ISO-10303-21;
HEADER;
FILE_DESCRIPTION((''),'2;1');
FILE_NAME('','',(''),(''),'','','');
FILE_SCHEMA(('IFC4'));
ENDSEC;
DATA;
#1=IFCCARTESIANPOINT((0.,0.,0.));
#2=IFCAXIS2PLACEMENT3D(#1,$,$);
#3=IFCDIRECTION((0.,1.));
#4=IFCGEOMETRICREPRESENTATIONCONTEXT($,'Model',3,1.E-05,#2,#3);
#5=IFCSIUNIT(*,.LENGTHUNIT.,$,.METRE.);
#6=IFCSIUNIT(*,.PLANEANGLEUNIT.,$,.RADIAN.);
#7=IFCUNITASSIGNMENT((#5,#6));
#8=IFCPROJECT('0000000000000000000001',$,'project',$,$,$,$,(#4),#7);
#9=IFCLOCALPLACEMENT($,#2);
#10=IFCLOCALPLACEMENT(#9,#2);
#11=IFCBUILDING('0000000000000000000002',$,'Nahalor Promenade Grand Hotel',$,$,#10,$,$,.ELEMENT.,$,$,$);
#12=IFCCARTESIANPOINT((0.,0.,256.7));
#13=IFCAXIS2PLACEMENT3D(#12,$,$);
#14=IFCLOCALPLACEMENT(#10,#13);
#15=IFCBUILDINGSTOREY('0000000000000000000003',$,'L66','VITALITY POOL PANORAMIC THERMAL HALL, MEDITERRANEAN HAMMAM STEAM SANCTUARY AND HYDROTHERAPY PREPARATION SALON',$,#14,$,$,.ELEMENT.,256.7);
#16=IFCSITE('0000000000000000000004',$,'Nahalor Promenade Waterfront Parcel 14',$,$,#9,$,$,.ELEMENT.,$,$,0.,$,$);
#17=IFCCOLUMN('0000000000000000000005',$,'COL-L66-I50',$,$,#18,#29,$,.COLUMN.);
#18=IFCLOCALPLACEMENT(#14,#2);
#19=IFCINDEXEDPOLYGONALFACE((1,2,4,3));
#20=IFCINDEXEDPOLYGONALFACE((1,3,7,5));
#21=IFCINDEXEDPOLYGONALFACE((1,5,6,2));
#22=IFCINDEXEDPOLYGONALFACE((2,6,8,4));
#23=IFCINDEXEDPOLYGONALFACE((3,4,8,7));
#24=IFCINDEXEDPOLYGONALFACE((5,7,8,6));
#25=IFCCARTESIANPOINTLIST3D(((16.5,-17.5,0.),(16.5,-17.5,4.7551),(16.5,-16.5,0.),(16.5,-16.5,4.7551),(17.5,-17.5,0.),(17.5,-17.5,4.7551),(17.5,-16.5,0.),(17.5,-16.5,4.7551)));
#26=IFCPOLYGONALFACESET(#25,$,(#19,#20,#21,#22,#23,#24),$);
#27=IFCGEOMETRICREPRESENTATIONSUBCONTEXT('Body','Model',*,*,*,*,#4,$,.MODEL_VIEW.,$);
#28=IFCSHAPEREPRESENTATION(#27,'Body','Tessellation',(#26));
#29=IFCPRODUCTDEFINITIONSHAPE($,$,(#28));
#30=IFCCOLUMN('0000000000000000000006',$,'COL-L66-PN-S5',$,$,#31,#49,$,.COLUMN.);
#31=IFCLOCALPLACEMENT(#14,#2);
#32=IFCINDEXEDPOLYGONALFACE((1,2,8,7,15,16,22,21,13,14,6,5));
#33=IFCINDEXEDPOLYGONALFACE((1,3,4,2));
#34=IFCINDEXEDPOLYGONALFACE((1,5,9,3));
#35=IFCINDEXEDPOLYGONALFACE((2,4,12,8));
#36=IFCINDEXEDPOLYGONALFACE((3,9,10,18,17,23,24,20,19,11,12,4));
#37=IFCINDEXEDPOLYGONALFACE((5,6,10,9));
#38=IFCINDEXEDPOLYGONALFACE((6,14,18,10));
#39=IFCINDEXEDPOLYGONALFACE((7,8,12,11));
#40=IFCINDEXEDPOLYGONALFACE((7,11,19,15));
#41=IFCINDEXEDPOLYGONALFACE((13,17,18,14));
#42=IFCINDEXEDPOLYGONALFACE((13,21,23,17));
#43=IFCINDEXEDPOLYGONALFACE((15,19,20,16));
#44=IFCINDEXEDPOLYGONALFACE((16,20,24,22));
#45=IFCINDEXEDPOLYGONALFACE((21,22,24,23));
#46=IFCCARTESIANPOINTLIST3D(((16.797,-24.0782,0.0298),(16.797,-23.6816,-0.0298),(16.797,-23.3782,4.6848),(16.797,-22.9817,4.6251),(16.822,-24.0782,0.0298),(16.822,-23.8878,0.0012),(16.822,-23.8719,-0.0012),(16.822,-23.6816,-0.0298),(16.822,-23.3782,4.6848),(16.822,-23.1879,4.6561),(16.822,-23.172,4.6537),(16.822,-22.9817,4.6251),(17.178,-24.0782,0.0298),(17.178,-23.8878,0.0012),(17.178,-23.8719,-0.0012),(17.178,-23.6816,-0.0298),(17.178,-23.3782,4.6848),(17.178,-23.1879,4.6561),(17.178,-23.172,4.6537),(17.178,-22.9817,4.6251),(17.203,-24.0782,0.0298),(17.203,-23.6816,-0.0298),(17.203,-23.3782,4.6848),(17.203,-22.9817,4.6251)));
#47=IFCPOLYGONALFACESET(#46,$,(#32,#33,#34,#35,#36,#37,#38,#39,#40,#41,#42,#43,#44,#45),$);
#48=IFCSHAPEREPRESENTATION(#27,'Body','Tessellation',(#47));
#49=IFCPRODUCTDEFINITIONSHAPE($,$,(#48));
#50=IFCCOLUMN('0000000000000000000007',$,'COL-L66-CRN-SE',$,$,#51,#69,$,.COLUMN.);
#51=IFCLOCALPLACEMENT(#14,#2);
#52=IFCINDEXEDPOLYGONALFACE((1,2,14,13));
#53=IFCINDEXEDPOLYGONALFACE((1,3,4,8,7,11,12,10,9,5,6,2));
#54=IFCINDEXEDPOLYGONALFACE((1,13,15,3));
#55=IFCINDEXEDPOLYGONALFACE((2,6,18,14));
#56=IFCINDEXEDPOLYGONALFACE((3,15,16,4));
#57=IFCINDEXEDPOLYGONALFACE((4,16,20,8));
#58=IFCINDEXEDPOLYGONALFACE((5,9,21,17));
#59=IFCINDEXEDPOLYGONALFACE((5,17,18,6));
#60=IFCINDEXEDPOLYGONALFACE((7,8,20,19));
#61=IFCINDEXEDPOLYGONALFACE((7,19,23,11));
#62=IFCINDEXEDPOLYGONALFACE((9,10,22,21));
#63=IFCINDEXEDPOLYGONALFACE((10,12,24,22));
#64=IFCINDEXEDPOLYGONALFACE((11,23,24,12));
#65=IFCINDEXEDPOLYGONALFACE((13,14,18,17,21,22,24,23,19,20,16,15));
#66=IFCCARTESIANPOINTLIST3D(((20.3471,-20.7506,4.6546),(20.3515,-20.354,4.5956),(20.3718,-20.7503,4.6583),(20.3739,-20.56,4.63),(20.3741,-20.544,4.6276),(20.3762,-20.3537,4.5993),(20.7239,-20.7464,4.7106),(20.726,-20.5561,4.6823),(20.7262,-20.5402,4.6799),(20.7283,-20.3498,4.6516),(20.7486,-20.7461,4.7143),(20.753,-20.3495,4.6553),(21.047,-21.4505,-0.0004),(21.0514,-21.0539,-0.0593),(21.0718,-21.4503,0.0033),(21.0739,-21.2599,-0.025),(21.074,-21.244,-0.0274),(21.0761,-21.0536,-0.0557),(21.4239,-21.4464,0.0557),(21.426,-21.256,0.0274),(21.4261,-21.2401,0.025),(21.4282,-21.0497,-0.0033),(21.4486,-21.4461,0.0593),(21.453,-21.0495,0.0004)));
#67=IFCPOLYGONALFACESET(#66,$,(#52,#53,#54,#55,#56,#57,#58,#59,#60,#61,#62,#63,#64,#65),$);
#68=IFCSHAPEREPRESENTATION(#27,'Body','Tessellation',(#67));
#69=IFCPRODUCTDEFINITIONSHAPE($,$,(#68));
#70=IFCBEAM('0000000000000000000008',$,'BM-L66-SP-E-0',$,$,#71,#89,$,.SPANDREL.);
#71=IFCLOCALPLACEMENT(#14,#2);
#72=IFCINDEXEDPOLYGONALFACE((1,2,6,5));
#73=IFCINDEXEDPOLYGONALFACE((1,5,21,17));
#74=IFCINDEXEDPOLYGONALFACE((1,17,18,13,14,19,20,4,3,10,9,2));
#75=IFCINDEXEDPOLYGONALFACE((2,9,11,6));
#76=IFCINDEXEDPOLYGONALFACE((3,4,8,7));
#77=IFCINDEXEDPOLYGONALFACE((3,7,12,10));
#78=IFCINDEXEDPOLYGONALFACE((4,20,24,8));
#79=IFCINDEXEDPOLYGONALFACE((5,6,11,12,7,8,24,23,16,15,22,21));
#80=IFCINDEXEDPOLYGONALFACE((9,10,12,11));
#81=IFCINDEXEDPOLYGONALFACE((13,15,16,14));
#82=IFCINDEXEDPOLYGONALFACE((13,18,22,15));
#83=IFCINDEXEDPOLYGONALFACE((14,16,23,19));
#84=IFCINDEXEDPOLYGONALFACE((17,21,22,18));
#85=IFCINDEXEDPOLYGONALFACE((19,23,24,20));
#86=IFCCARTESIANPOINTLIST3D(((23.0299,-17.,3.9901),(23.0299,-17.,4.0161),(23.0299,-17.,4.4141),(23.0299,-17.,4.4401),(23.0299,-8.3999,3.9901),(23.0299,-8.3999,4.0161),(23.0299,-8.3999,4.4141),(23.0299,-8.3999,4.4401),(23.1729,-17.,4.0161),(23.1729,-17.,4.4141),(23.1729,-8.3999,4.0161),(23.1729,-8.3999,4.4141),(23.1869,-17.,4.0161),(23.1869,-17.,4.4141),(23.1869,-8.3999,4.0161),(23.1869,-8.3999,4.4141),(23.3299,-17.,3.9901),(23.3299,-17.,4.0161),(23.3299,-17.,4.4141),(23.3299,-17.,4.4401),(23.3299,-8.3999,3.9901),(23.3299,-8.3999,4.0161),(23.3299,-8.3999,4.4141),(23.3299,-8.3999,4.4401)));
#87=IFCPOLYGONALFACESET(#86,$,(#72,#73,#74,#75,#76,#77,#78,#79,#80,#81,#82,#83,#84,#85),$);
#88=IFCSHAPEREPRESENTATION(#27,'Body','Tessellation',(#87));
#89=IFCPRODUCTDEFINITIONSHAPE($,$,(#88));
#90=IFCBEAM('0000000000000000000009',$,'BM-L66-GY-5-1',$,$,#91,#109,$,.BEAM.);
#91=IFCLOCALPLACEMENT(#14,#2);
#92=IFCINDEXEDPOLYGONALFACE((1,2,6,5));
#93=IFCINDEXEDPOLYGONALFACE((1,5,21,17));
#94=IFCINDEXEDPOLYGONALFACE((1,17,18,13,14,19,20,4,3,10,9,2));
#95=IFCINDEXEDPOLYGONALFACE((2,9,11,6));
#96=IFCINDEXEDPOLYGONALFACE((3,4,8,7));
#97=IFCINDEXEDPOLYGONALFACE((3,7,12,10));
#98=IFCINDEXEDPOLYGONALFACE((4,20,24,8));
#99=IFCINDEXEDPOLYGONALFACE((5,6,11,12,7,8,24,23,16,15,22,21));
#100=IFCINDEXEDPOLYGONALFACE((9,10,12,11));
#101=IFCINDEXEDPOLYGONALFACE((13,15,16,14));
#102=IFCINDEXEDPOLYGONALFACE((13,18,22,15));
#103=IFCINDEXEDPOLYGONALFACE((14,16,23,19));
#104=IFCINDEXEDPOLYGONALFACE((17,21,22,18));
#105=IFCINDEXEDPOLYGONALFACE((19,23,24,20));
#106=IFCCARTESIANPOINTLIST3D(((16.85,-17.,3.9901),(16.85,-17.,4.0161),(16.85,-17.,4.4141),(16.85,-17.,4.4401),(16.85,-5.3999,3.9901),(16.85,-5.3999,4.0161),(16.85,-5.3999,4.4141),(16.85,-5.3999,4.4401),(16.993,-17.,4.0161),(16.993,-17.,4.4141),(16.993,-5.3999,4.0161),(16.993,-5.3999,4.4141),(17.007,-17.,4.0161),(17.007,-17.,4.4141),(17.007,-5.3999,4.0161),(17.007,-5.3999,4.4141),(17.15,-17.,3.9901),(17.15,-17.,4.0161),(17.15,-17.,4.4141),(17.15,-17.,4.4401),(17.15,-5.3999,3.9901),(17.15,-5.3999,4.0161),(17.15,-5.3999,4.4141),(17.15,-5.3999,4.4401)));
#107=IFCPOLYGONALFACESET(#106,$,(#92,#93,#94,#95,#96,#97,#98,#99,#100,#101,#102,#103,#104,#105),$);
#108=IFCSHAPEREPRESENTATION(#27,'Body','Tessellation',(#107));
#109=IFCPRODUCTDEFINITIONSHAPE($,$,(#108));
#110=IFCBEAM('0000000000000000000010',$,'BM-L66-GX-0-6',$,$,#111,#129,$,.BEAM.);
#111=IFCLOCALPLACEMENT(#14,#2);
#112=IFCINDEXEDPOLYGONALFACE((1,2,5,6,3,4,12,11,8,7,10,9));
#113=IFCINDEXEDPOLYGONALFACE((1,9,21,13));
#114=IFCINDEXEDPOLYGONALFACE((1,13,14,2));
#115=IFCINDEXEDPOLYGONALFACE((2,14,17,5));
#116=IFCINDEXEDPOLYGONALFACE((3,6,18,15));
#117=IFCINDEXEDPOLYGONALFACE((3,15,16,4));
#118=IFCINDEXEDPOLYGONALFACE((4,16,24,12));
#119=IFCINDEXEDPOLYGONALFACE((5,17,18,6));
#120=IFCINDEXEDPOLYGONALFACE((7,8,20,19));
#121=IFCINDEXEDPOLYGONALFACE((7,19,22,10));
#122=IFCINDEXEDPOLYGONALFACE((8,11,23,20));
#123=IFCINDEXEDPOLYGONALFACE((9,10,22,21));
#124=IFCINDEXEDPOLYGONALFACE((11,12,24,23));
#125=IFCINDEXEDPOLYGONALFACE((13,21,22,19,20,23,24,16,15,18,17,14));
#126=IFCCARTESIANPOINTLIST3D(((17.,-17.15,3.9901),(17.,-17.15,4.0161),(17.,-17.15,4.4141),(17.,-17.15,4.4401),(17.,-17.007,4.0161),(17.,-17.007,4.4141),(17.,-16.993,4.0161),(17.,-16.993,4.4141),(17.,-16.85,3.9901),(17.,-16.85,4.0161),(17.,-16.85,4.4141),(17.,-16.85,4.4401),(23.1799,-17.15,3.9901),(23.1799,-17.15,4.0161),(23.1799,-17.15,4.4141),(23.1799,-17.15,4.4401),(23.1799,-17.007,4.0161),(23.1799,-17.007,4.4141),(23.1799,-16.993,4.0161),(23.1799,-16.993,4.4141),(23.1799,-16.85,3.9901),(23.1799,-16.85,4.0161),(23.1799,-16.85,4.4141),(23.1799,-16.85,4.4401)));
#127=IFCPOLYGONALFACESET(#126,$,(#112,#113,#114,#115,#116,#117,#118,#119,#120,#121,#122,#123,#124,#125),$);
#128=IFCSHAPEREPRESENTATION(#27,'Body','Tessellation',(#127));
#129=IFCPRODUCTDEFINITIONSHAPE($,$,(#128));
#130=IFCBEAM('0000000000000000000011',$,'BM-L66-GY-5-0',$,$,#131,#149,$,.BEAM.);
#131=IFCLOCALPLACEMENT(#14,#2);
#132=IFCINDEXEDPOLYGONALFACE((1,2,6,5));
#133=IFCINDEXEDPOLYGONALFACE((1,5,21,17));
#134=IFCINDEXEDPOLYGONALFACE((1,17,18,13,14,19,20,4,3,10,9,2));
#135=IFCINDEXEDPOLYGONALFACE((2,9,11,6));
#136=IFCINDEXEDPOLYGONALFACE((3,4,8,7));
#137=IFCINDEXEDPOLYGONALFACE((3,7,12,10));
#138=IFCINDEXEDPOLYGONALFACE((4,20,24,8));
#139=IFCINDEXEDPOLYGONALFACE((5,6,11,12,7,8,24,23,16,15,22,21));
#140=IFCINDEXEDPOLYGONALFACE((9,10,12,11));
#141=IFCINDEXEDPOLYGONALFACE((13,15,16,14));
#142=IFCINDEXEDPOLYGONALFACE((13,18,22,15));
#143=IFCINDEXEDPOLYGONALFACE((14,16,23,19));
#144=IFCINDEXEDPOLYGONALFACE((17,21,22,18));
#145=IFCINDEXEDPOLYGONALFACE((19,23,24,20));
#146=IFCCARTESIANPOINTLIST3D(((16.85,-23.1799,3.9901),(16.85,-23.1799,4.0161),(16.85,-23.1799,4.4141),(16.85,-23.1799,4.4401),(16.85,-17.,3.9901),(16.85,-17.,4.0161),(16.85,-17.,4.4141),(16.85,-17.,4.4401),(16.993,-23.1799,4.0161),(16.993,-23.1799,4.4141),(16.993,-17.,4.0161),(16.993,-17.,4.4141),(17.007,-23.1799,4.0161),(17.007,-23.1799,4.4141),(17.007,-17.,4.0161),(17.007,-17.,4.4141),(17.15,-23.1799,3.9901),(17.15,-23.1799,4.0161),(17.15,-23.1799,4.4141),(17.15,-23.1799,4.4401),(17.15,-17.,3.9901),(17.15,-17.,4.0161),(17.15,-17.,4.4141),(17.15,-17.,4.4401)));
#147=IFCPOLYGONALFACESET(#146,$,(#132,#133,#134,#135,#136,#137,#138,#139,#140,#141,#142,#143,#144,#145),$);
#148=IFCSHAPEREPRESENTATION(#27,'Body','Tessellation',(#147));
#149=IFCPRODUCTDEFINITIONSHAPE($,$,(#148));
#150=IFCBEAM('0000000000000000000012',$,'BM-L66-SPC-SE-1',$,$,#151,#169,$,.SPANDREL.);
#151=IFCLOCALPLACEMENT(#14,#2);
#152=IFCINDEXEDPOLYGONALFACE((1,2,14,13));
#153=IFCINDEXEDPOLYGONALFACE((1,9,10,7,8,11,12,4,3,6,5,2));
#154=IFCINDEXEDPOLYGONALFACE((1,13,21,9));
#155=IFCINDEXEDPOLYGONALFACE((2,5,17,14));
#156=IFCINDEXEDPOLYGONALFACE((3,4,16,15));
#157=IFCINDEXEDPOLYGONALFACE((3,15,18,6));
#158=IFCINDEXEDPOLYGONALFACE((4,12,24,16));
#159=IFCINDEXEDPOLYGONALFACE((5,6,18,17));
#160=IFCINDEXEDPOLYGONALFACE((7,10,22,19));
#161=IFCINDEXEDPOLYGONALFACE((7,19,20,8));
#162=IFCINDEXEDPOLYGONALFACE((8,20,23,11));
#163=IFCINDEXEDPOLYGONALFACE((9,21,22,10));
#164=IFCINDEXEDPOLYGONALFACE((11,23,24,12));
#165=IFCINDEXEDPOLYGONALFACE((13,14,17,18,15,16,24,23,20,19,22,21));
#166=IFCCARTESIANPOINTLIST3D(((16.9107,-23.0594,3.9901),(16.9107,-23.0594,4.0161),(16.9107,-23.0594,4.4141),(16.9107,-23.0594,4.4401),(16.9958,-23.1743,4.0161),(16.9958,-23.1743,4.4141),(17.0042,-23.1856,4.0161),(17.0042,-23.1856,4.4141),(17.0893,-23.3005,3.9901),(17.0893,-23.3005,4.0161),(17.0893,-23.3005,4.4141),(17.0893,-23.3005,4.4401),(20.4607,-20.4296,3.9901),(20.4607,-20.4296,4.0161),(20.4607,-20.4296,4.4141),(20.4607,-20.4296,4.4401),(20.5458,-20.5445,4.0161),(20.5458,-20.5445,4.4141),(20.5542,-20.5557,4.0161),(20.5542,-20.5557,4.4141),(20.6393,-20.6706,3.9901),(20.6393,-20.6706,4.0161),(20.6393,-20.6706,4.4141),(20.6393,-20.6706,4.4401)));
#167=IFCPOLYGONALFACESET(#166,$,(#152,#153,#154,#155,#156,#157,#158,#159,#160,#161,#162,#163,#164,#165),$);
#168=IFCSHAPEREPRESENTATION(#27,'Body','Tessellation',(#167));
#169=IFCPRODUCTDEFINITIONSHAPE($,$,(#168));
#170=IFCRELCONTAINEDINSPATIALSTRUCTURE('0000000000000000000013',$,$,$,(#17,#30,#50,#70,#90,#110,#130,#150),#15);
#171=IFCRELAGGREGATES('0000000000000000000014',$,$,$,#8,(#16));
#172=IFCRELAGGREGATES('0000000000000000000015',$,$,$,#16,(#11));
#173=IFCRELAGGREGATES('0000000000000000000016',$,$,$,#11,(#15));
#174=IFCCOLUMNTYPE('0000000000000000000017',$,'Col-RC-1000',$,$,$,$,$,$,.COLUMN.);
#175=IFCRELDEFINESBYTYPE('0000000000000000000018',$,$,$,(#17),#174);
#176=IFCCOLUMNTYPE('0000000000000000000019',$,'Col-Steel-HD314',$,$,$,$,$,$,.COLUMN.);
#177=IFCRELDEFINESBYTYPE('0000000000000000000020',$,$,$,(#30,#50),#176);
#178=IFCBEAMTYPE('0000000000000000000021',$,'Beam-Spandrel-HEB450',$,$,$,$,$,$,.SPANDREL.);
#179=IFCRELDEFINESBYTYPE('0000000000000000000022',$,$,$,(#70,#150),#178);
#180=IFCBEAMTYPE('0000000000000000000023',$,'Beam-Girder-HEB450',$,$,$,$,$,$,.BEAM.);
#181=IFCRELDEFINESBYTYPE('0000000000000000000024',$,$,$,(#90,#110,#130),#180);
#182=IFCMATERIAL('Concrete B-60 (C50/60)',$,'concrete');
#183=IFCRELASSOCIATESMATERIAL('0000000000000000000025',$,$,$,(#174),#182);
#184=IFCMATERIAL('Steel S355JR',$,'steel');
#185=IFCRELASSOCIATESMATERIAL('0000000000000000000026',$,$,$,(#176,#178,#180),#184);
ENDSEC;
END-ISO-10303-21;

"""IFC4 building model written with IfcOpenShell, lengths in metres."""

from ifc_helpers import new_model, si_unit, direction, frame, origin, origin_2d, place, context, subcontext, project, spatial, rectangle, i_section, extrude, source, transform, mapped, material, material_profile, profile_set, type_object, element, save


model = new_model("IFC4")

# Units and contexts
model_context = context("Model", 3, precision=1e-05, world=origin(), true_north=direction((0.0, 1.0)))
body_context = subcontext(model_context, "Body", "Model", "MODEL_VIEW")
ifc_project = project(units=[si_unit("LENGTHUNIT", "METRE"), si_unit("PLANEANGLEUNIT", "RADIAN")], contexts=[model_context])

# Site, building, storey
site_placement = place(None, origin())
site = spatial("IfcSite", under=ifc_project, at=site_placement, Name="Nahalor Promenade Waterfront Parcel 14", CompositionType="ELEMENT", RefElevation=0.0)
building_placement = place(site_placement, origin())
building = spatial("IfcBuilding", under=site, at=building_placement, Name="Nahalor Promenade Grand Hotel", CompositionType="ELEMENT")
storey_placement = place(building_placement, frame((0.0, 0.0, 256.7)))
storey = spatial("IfcBuildingStorey", under=building, at=storey_placement, Name="L66", Description="VITALITY POOL PANORAMIC THERMAL HALL, MEDITERRANEAN HAMMAM STEAM SANCTUARY AND HYDROTHERAPY PREPARATION SALON", CompositionType="ELEMENT", Elevation=256.7)

# Columns
ifc_material_1 = material(Name="Concrete B-60 (C50/60)", Category="concrete")
ifc_material_profile_1 = material_profile(ifc_material_1, rectangle(XDim=1.0, YDim=1.0, at=origin_2d()), Name="RC 1000x1000")
ifc_profile_set_1 = profile_set([ifc_material_profile_1], Name="Concrete B-60 (C50/60)")
column_type_1 = type_object("IfcColumnType", Name="Col-RC-1000", PredefinedType="COLUMN", material=ifc_profile_set_1)
shared_shape_1 = source(origin(), body_context, "Body", "SweptSolid", [
    extrude(rectangle(XDim=1.0, YDim=1.0, at=origin_2d()), origin(), (0.0, 0.0, 1.0), 4.7551),
])
column_1_placement = place(storey_placement, frame((17.0, -17.0, 0.0), z_axis=(0.0, 0.0, 1.0), x_axis=(1.0, 0.0, 0.0)))
element("IfcColumn", 1, at=column_1_placement, inside=storey, type_object=column_type_1, Name="COL-L66-I50", PredefinedType="COLUMN", context=body_context, shape_type="MappedRepresentation", body=[
    mapped(shared_shape_1, transform((0.0, 0.0, 0.0), scale=1.0)),
])
ifc_material_2 = material(Name="Steel S355JR", Category="steel")
ifc_material_profile_2 = material_profile(ifc_material_2, i_section(OverallWidth=0.401, OverallDepth=0.406, WebThickness=0.0161, FlangeThickness=0.025, at=origin_2d()), Name="HD 400x314")
ifc_profile_set_2 = profile_set([ifc_material_profile_2], Name="Steel S355JR")
column_type_2 = type_object("IfcColumnType", Name="Col-Steel-HD314", PredefinedType="COLUMN", material=ifc_profile_set_2)
shared_shape_2 = source(origin(), body_context, "Body", "SweptSolid", [
    extrude(i_section(OverallWidth=0.401, OverallDepth=0.406, WebThickness=0.0161, FlangeThickness=0.025, at=origin_2d()), origin(), (0.0, 0.0, 1.0), 4.7073),
])
column_2_placement = place(storey_placement, frame((17.0, -23.8799, 0.0), z_axis=(0.0, 0.148693, 0.988883), x_axis=(0.0, -0.988883, 0.148693)))
element("IfcColumn", 2, at=column_2_placement, inside=storey, type_object=column_type_2, Name="COL-L66-PN-S5", PredefinedType="COLUMN", context=body_context, shape_type="MappedRepresentation", body=[
    mapped(shared_shape_2, transform((0.0, 0.0, 0.0), scale=1.0)),
])
shared_shape_3 = source(origin(), body_context, "Body", "SweptSolid", [
    extrude(i_section(OverallWidth=0.401, OverallDepth=0.406, WebThickness=0.0161, FlangeThickness=0.025, at=origin_2d()), origin(), (0.0, 0.0, 1.0), 4.759),
])
column_3_placement = place(storey_placement, frame((21.25, -21.25, 0.0), z_axis=(-0.147076, 0.147076, 0.97813), x_axis=(-0.010935, -0.989065, 0.147076)))
element("IfcColumn", 3, at=column_3_placement, inside=storey, type_object=column_type_2, Name="COL-L66-CRN-SE", PredefinedType="COLUMN", context=body_context, shape_type="MappedRepresentation", body=[
    mapped(shared_shape_3, transform((0.0, 0.0, 0.0), scale=1.0)),
])

# Beams
ifc_material_profile_3 = material_profile(ifc_material_2, i_section(OverallWidth=0.3, OverallDepth=0.45, WebThickness=0.014, FlangeThickness=0.026, at=origin_2d()), Name="HEB 450")
ifc_profile_set_3 = profile_set([ifc_material_profile_3], Name="Steel S355JR")
beam_type_1 = type_object("IfcBeamType", Name="Beam-Spandrel-HEB450", PredefinedType="SPANDREL", material=ifc_profile_set_3)
shared_shape_4 = source(origin(), body_context, "Body", "SweptSolid", [
    extrude(i_section(OverallWidth=0.3, OverallDepth=0.45, WebThickness=0.014, FlangeThickness=0.026, at=origin_2d()), origin(), (0.0, 0.0, 1.0), 8.6001),
])
beam_1_placement = place(storey_placement, frame((23.1799, -17.0, 4.2151), z_axis=(0.0, 1.0, 0.0), x_axis=(-1.0, 0.0, 0.0)))
element("IfcBeam", 4, at=beam_1_placement, inside=storey, type_object=beam_type_1, Name="BM-L66-SP-E-0", PredefinedType="SPANDREL", context=body_context, shape_type="MappedRepresentation", body=[
    mapped(shared_shape_4, transform((0.0, 0.0, 0.0), scale=1.0)),
])
ifc_material_profile_4 = material_profile(ifc_material_2, i_section(OverallWidth=0.3, OverallDepth=0.45, WebThickness=0.014, FlangeThickness=0.026, at=origin_2d()), Name="HEB 450")
ifc_profile_set_4 = profile_set([ifc_material_profile_4], Name="Steel S355JR")
beam_type_2 = type_object("IfcBeamType", Name="Beam-Girder-HEB450", PredefinedType="BEAM", material=ifc_profile_set_4)
shared_shape_5 = source(origin(), body_context, "Body", "SweptSolid", [
    extrude(i_section(OverallWidth=0.3, OverallDepth=0.45, WebThickness=0.014, FlangeThickness=0.026, at=origin_2d()), origin(), (0.0, 0.0, 1.0), 11.6001),
])
beam_2_placement = place(storey_placement, frame((17.0, -17.0, 4.2151), z_axis=(0.0, 1.0, 0.0), x_axis=(-1.0, 0.0, 0.0)))
element("IfcBeam", 5, at=beam_2_placement, inside=storey, type_object=beam_type_2, Name="BM-L66-GY-5-1", PredefinedType="BEAM", context=body_context, shape_type="MappedRepresentation", body=[
    mapped(shared_shape_5, transform((0.0, 0.0, 0.0), scale=1.0)),
])
shared_shape_6 = source(origin(), body_context, "Body", "SweptSolid", [
    extrude(i_section(OverallWidth=0.3, OverallDepth=0.45, WebThickness=0.014, FlangeThickness=0.026, at=origin_2d()), origin(), (0.0, 0.0, 1.0), 6.1799),
])
for number, where, z_axis, x_axis, name in (
    (6, (17.0, -17.0, 4.2151), (1.0, 0.0, 0.0), (0.0, 1.0, 0.0), "BM-L66-GX-0-6"),
    (7, (17.0, -23.1799, 4.2151), (0.0, 1.0, 0.0), (-1.0, 0.0, 0.0), "BM-L66-GY-5-0"),
):
    element("IfcBeam", number, at=place(storey_placement, frame(where, z_axis=z_axis, x_axis=x_axis)), inside=storey, type_object=beam_type_2, Name=name, PredefinedType="BEAM", context=body_context, shape_type="MappedRepresentation", body=[
        mapped(shared_shape_6, transform((0.0, 0.0, 0.0), scale=1.0)),
    ])
shared_shape_7 = source(origin(), body_context, "Body", "SweptSolid", [
    extrude(i_section(OverallWidth=0.3, OverallDepth=0.45, WebThickness=0.014, FlangeThickness=0.026, at=origin_2d()), origin(), (0.0, 0.0, 1.0), 4.418),
])
for number, where, z_axis, x_axis, name in (
    (8, (17.0, -23.1799, 4.2151), (0.803534, 0.595259, 0.0), (-0.595259, 0.803534, 0.0), "BM-L66-SPC-SE-1"),
):
    element("IfcBeam", number, at=place(storey_placement, frame(where, z_axis=z_axis, x_axis=x_axis)), inside=storey, type_object=beam_type_1, Name=name, PredefinedType="SPANDREL", context=body_context, shape_type="MappedRepresentation", body=[
        mapped(shared_shape_7, transform((0.0, 0.0, 0.0), scale=1.0)),
    ])

save(model, "model.ifc")
